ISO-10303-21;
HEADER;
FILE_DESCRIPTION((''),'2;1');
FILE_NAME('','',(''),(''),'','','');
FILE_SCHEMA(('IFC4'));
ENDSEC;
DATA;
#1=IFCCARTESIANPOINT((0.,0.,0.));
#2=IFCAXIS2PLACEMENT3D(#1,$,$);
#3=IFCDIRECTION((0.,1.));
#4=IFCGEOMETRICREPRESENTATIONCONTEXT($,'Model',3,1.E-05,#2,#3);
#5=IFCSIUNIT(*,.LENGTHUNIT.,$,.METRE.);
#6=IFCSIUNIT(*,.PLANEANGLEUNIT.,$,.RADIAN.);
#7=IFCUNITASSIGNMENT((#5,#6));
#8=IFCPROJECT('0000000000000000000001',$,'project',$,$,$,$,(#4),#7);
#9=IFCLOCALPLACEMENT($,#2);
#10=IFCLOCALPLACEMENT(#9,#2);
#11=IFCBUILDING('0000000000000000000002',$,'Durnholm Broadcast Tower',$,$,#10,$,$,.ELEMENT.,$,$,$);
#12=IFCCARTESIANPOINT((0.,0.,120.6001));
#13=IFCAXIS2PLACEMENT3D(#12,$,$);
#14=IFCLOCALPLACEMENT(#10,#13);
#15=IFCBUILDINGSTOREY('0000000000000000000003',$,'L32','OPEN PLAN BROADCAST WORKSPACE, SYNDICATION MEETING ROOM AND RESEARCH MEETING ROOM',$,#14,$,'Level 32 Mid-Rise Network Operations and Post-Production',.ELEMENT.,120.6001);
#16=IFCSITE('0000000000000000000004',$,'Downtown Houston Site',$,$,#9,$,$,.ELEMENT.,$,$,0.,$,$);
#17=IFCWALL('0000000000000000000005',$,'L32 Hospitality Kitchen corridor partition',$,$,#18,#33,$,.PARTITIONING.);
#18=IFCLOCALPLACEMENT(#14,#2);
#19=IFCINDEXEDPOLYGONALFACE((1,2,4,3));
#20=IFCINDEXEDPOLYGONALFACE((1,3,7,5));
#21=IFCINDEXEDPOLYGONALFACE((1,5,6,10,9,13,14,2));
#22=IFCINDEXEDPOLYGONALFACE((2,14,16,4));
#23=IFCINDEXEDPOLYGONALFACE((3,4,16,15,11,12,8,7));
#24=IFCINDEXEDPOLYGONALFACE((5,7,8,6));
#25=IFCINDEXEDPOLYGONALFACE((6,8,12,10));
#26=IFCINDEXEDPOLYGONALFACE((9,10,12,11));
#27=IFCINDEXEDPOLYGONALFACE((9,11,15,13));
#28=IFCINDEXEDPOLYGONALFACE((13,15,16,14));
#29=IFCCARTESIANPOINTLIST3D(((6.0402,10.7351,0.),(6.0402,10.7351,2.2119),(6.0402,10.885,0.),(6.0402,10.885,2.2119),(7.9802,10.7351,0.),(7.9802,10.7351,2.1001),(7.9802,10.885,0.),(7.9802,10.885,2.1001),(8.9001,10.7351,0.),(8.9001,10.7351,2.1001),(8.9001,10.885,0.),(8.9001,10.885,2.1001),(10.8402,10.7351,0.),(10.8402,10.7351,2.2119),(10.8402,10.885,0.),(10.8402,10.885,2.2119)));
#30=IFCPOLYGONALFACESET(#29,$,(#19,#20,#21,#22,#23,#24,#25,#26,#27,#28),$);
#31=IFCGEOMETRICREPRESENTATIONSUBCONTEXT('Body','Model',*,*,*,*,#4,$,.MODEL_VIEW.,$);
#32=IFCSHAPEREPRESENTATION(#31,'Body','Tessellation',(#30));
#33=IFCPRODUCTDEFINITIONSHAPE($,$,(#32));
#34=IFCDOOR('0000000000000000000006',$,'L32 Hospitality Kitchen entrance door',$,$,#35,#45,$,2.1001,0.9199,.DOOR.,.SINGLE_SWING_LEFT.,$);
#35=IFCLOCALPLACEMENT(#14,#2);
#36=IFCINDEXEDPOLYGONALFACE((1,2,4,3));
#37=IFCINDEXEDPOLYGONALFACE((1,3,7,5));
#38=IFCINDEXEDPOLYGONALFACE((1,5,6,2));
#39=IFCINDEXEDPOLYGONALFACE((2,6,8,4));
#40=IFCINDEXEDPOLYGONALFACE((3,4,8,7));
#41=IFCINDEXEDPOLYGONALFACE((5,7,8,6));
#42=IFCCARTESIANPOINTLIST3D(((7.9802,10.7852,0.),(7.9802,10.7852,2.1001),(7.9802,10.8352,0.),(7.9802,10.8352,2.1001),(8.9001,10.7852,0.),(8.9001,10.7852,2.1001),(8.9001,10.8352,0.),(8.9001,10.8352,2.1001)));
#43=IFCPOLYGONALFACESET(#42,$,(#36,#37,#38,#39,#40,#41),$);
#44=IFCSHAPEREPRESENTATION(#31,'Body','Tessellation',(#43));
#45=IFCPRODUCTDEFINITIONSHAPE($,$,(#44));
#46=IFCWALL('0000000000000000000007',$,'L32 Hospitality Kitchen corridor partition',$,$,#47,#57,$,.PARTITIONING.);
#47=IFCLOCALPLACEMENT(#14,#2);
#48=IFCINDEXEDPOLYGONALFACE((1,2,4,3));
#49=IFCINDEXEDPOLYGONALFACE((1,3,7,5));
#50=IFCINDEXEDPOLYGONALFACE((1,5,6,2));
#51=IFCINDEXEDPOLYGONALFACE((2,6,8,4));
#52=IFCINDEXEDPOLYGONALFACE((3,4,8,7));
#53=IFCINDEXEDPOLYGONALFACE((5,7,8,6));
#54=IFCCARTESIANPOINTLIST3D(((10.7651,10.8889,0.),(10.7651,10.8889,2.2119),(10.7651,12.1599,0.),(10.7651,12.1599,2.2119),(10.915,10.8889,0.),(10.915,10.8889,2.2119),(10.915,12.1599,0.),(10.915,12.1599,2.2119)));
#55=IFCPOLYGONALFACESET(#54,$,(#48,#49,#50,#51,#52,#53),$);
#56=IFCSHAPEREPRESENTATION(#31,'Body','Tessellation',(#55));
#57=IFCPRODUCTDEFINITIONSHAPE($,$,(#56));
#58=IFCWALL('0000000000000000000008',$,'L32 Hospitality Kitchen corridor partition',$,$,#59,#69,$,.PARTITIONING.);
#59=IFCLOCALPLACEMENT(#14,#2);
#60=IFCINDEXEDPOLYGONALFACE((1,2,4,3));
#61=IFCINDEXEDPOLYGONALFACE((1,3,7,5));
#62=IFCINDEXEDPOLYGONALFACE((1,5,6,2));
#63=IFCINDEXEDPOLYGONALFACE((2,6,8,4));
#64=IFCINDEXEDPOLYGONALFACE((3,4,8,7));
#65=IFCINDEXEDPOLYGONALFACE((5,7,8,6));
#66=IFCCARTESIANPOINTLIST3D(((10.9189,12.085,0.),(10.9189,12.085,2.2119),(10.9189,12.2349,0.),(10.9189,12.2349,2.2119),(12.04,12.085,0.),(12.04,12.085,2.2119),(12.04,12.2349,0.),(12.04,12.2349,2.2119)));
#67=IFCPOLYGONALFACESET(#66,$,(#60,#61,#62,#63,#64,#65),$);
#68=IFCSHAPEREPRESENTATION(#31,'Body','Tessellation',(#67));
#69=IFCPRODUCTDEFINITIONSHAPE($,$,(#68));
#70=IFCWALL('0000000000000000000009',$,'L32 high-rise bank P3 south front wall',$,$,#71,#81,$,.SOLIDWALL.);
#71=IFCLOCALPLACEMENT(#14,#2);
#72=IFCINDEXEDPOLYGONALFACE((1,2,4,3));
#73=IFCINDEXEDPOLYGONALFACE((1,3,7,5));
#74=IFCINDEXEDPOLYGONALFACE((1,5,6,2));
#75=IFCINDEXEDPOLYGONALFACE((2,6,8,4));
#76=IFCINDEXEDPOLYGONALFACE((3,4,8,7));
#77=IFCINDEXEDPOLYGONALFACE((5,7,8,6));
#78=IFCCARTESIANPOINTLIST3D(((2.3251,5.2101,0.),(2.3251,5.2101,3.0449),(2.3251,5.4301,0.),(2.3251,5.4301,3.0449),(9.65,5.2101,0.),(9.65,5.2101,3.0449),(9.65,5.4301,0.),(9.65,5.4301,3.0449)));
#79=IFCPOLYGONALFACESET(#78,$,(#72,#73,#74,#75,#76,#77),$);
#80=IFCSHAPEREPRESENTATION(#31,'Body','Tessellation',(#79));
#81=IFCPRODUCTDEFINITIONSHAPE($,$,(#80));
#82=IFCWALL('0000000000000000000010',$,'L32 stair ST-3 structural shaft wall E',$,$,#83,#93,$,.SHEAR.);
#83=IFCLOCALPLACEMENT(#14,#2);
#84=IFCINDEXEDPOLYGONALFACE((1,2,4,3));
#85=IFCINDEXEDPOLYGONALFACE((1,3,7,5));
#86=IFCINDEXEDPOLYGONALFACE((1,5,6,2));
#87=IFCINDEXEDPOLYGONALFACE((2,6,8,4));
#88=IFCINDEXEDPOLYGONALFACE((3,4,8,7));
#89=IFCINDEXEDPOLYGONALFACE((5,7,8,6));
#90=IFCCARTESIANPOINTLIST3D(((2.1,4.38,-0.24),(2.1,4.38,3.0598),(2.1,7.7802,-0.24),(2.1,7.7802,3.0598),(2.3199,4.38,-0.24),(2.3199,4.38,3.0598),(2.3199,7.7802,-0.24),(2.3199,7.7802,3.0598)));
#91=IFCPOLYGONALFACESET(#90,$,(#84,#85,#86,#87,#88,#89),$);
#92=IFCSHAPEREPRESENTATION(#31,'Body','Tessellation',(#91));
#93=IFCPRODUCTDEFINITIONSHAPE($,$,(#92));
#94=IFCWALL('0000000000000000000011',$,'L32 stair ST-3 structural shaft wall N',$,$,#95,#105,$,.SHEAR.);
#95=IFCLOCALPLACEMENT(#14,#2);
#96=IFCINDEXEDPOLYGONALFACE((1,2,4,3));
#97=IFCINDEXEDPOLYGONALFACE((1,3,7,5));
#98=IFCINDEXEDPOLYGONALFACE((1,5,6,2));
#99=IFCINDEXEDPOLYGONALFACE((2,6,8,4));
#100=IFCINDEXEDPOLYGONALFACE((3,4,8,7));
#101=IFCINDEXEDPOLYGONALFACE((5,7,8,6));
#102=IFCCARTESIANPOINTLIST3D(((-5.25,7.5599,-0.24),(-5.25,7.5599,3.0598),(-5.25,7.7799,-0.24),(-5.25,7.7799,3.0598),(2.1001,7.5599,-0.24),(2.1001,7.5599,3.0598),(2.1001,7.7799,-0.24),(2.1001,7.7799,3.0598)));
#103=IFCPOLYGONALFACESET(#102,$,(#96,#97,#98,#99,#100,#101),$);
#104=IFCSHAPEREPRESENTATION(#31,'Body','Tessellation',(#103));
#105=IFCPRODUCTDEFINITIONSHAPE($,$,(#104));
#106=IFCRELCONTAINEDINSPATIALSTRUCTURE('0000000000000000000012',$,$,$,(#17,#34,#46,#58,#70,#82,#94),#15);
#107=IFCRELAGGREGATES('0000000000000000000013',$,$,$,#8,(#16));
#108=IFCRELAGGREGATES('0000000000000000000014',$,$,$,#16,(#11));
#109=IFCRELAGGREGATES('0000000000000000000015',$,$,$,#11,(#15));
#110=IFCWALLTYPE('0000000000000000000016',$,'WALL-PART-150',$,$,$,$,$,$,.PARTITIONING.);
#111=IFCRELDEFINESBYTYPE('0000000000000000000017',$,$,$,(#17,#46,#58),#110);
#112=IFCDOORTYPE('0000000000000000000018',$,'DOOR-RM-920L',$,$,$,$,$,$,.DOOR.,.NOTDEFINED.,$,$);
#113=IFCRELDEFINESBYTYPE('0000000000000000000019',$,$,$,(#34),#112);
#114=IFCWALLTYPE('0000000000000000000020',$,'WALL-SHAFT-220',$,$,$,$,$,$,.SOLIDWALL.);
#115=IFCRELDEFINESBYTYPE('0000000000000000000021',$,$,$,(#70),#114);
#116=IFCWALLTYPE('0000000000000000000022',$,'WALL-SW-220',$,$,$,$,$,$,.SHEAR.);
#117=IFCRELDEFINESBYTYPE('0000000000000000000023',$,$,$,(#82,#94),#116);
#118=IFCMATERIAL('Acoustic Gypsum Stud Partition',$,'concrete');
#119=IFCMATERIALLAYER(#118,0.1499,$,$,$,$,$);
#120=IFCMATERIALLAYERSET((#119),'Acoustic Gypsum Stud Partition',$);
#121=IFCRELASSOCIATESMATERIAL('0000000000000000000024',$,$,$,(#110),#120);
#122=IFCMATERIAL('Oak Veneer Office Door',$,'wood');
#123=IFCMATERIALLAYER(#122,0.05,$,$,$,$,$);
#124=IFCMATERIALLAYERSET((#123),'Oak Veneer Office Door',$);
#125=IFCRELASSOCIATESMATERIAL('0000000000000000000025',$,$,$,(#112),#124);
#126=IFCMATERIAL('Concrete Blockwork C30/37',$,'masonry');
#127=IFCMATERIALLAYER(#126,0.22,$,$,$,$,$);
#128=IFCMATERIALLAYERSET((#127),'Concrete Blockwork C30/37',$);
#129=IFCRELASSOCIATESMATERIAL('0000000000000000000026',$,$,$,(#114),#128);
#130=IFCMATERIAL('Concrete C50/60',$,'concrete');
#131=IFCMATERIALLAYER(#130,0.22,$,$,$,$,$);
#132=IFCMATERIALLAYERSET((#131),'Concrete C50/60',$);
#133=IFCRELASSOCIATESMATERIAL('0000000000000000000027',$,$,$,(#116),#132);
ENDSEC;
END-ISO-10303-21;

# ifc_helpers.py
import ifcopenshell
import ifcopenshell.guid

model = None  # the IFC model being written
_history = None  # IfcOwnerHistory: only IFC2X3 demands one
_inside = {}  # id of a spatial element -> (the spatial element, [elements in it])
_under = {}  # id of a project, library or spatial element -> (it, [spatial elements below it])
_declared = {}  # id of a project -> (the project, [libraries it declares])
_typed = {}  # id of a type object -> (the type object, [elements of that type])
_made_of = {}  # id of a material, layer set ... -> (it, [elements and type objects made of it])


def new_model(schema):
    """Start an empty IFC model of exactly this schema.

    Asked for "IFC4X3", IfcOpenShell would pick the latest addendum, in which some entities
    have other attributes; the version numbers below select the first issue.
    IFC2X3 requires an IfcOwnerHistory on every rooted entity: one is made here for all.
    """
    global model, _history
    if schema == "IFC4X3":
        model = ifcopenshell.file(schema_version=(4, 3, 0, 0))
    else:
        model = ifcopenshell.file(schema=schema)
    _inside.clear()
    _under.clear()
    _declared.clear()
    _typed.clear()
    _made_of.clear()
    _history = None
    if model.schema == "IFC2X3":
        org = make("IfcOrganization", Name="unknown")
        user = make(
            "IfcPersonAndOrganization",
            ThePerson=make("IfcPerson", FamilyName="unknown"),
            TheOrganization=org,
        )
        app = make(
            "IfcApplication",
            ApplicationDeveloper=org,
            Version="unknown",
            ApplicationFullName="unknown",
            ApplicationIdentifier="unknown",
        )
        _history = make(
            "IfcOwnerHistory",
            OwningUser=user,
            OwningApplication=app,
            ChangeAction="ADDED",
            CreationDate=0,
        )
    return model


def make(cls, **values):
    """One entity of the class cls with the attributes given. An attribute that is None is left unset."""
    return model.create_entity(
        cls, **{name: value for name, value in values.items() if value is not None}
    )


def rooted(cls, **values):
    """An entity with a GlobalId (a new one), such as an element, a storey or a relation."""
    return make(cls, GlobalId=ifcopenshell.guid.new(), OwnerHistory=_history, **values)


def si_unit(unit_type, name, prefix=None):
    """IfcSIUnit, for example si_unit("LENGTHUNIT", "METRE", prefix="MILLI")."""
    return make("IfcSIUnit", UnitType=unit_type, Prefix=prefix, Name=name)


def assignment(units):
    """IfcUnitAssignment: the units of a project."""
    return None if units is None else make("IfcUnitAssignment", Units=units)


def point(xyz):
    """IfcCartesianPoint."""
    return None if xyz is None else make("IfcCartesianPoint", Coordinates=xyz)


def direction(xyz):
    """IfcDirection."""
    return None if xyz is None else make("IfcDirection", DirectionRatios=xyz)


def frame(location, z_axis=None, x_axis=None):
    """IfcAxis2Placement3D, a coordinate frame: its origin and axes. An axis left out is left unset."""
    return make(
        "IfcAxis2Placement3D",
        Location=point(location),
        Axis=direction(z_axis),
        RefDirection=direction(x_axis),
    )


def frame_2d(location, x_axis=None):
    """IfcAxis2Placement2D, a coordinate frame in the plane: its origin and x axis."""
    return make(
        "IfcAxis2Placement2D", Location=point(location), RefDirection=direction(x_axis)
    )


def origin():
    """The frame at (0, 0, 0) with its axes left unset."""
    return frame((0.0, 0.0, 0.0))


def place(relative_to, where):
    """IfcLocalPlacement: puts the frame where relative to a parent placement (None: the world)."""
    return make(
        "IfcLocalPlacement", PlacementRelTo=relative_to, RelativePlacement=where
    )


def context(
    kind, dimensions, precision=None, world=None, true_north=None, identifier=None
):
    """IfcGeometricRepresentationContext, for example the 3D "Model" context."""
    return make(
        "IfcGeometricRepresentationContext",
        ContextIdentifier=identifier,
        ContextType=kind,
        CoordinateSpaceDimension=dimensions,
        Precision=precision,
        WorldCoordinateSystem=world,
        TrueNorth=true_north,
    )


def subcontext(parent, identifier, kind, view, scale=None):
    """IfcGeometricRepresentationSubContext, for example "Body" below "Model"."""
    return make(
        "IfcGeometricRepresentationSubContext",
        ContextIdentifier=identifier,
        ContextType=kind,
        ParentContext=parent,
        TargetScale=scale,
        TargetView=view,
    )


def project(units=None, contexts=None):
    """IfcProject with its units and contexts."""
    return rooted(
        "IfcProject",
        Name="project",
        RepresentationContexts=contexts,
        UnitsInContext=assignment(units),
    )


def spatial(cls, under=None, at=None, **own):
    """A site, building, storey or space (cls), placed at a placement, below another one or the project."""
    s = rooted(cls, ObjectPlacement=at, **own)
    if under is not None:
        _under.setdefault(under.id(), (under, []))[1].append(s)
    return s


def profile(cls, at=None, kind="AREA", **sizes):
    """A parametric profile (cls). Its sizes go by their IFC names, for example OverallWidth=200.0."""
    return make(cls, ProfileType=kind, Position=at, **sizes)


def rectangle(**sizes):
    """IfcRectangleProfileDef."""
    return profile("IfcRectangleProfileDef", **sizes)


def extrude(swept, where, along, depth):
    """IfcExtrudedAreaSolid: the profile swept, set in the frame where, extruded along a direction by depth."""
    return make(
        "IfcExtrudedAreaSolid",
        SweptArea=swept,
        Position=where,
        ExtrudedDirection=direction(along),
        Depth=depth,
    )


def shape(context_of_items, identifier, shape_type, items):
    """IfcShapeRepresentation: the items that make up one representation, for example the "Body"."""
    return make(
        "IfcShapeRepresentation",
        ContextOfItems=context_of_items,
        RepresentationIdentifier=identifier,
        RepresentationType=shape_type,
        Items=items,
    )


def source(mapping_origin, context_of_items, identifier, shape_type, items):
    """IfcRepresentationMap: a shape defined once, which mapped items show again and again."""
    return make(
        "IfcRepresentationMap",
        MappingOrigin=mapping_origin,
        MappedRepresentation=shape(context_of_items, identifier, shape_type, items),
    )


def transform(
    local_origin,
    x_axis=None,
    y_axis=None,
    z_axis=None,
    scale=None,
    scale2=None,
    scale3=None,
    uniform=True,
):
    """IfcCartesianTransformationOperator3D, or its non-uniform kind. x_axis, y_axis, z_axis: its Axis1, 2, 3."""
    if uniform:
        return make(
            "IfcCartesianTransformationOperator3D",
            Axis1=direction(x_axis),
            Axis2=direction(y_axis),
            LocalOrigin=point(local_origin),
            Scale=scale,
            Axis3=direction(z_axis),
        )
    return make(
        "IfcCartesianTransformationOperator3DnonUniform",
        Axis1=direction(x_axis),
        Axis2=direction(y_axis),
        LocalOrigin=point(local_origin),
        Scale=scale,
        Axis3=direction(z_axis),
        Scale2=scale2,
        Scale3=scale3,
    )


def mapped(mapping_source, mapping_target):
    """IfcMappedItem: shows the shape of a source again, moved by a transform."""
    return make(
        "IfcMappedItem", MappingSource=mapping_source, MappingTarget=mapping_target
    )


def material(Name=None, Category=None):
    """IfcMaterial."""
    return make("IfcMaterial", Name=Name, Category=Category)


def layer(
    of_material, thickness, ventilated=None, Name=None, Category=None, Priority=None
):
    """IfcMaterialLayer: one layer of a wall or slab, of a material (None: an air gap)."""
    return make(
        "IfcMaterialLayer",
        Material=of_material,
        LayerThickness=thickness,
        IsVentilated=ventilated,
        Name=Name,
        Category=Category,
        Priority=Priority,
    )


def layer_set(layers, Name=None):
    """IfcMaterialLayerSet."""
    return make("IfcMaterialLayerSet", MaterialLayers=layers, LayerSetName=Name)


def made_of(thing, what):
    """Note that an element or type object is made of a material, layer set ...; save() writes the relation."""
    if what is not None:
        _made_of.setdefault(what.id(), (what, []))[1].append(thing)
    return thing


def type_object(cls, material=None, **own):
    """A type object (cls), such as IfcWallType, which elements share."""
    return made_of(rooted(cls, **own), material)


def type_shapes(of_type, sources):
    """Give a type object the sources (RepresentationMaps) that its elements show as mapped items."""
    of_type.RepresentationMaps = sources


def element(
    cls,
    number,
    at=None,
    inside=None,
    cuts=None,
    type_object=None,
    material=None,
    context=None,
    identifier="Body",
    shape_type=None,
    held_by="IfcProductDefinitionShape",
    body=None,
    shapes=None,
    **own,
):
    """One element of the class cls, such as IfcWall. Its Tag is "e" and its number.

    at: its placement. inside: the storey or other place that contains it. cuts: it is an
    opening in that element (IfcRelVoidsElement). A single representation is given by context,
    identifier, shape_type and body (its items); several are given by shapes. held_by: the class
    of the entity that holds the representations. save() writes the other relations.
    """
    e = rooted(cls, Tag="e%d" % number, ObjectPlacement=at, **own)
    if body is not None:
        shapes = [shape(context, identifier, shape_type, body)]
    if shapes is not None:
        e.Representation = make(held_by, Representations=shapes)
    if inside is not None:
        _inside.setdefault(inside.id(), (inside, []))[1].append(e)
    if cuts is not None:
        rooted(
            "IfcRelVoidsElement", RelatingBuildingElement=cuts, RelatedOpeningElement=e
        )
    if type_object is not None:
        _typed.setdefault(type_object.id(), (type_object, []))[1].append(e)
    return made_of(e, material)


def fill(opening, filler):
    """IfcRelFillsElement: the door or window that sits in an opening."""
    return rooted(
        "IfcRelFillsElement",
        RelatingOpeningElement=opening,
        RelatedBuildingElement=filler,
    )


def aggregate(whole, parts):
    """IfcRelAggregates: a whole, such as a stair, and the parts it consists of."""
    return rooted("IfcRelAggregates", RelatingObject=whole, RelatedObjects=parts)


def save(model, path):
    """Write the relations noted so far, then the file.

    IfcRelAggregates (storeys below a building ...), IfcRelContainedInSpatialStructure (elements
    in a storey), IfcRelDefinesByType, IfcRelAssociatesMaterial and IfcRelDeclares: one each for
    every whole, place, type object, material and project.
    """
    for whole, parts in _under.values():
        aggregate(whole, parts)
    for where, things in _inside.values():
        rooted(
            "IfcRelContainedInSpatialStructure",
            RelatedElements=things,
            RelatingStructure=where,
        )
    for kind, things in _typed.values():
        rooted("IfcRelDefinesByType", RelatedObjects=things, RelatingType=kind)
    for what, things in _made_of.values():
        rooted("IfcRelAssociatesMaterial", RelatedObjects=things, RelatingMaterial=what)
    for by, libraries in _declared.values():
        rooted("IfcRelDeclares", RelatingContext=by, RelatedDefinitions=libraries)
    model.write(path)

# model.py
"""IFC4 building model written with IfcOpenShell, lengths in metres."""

from ifc_helpers import new_model, si_unit, direction, frame, frame_2d, origin, place, context, subcontext, project, spatial, rectangle, extrude, source, transform, mapped, material, layer, layer_set, type_object, type_shapes, element, fill, save


model = new_model("IFC4")

# Units and contexts
model_context = context("Model", 3, precision=1e-05, world=origin(), true_north=direction((0.0, 1.0)))
body_context = subcontext(model_context, "Body", "Model", "MODEL_VIEW")
ifc_project = project(units=[si_unit("LENGTHUNIT", "METRE"), si_unit("PLANEANGLEUNIT", "RADIAN")], contexts=[model_context])

# Site, building, storey
site_placement = place(None, origin())
site = spatial("IfcSite", under=ifc_project, at=site_placement, Name="Downtown Houston Site", CompositionType="ELEMENT", RefElevation=0.0)
building_placement = place(site_placement, origin())
building = spatial("IfcBuilding", under=site, at=building_placement, Name="Durnholm Broadcast Tower", CompositionType="ELEMENT")
storey_placement = place(building_placement, frame((0.0, 0.0, 120.6001)))
storey = spatial("IfcBuildingStorey", under=building, at=storey_placement, Name="L32", Description="OPEN PLAN BROADCAST WORKSPACE, SYNDICATION MEETING ROOM AND RESEARCH MEETING ROOM", LongName="Level 32 Mid-Rise Network Operations and Post-Production", CompositionType="ELEMENT", Elevation=120.6001)

# Wall, opening, door
ifc_material_1 = material(Name="Acoustic Gypsum Stud Partition", Category="concrete")
ifc_layer_1 = layer(ifc_material_1, 0.1499)
ifc_layer_set_1 = layer_set([ifc_layer_1], Name="Acoustic Gypsum Stud Partition")
wall_type_1 = type_object("IfcWallType", Name="WALL-PART-150", PredefinedType="PARTITIONING", material=ifc_layer_set_1)
wall_1_placement = place(storey_placement, frame((10.8401, 10.8101, 0.0), z_axis=(0.0, 0.0, 1.0), x_axis=(-1.0, 0.0, 0.0)))
wall_1 = element("IfcWall", 1, at=wall_1_placement, inside=storey, type_object=wall_type_1, Name="L32 Hospitality Kitchen corridor partition", PredefinedType="PARTITIONING", context=body_context, shape_type="SweptSolid", body=[
    extrude(rectangle(XDim=4.8, YDim=0.1499, at=frame_2d((2.3999, 0.0))), origin(), (0.0, 0.0, 1.0), 2.2119),
])
opening_1_placement = place(wall_1_placement, frame((1.9399, 0.0, 0.0)))
opening_1 = element("IfcOpeningElement", 2, at=opening_1_placement, cuts=wall_1, PredefinedType="OPENING", context=body_context, shape_type="SweptSolid", body=[
    extrude(rectangle(XDim=0.9199, YDim=2.1001, at=frame_2d((0.46, 1.05))), frame((0.0, 0.085, 0.0), z_axis=(0.0, -1.0, 0.0), x_axis=(1.0, 0.0, 0.0)), (0.0, 0.0, 1.0), 0.1699),
])
ifc_material_2 = material(Name="Oak Veneer Office Door", Category="wood")
ifc_layer_2 = layer(ifc_material_2, 0.05)
ifc_layer_set_2 = layer_set([ifc_layer_2], Name="Oak Veneer Office Door")
door_type_1 = type_object("IfcDoorType", Name="DOOR-RM-920L", OperationType="NOTDEFINED", PredefinedType="DOOR", material=ifc_layer_set_2)
shared_shape_1 = source(origin(), body_context, "Body", "SweptSolid", [
    extrude(rectangle(XDim=0.9199, YDim=2.1001, at=frame_2d((0.46, 1.05))), frame((0.0, 0.0249, 0.0), z_axis=(0.0, -1.0, 0.0), x_axis=(1.0, 0.0, 0.0)), (0.0, 0.0, 1.0), 0.05),
])
type_shapes(door_type_1, [shared_shape_1])
door_1_placement = place(opening_1_placement, origin())
door_1 = element("IfcDoor", 3, at=door_1_placement, inside=storey, type_object=door_type_1, Name="L32 Hospitality Kitchen entrance door", OperationType="SINGLE_SWING_LEFT", OverallHeight=2.1001, OverallWidth=0.9199, PredefinedType="DOOR", context=body_context, shape_type="MappedRepresentation", body=[
    mapped(shared_shape_1, transform((0.0, 0.0, 0.0), x_axis=(1.0, 0.0, 0.0), y_axis=(0.0, 1.0, 0.0), z_axis=(0.0, 0.0, 1.0), scale=1.0)),
])
fill(opening_1, door_1)

# Walls
wall_2_placement = place(storey_placement, frame((10.8401, 12.1599, 0.0), z_axis=(0.0, 0.0, 1.0), x_axis=(0.0, -1.0, 0.0)))
element("IfcWall", 4, at=wall_2_placement, inside=storey, type_object=wall_type_1, Name="L32 Hospitality Kitchen corridor partition", PredefinedType="PARTITIONING", context=body_context, shape_type="SweptSolid", body=[
    extrude(rectangle(XDim=1.271, YDim=0.1499, at=frame_2d((0.6355, 0.0))), origin(), (0.0, 0.0, 1.0), 2.2119),
])
wall_3_placement = place(storey_placement, frame((12.04, 12.1599, 0.0), z_axis=(0.0, 0.0, 1.0), x_axis=(-1.0, 0.0, 0.0)))
element("IfcWall", 5, at=wall_3_placement, inside=storey, type_object=wall_type_1, Name="L32 Hospitality Kitchen corridor partition", PredefinedType="PARTITIONING", context=body_context, shape_type="SweptSolid", body=[
    extrude(rectangle(XDim=1.1211, YDim=0.1499, at=frame_2d((0.5605, 0.0))), origin(), (0.0, 0.0, 1.0), 2.2119),
])

# Shared definitions
ifc_material_3 = material(Name="Concrete Blockwork C30/37", Category="masonry")
ifc_layer_3 = layer(ifc_material_3, 0.22)
ifc_layer_set_3 = layer_set([ifc_layer_3], Name="Concrete Blockwork C30/37")
wall_type_2 = type_object("IfcWallType", Name="WALL-SHAFT-220", PredefinedType="SOLIDWALL", material=ifc_layer_set_3)

# Walls
wall_4_placement = place(storey_placement, frame((2.325, 5.3201, 0.0), z_axis=(0.0, 0.0, 1.0), x_axis=(1.0, 0.0, 0.0)))
element("IfcWall", 6, at=wall_4_placement, inside=storey, type_object=wall_type_2, Name="L32 high-rise bank P3 south front wall", PredefinedType="SOLIDWALL", context=body_context, shape_type="SweptSolid", body=[
    extrude(rectangle(XDim=7.325, YDim=0.22, at=frame_2d((3.6626, 0.0))), origin(), (0.0, 0.0, 1.0), 3.0449),
])
ifc_material_4 = material(Name="Concrete C50/60", Category="concrete")
ifc_layer_4 = layer(ifc_material_4, 0.22)
ifc_layer_set_4 = layer_set([ifc_layer_4], Name="Concrete C50/60")
wall_type_3 = type_object("IfcWallType", Name="WALL-SW-220", PredefinedType="SHEAR", material=ifc_layer_set_4)
wall_5_placement = place(storey_placement, frame((2.21, 4.3799, -0.24), z_axis=(0.0, 0.0, 1.0), x_axis=(0.0, 1.0, 0.0)))
element("IfcWall", 7, at=wall_5_placement, inside=storey, type_object=wall_type_3, Name="L32 stair ST-3 structural shaft wall E", PredefinedType="SHEAR", context=body_context, shape_type="SweptSolid", body=[
    extrude(rectangle(XDim=3.4001, YDim=0.22, at=frame_2d((1.7002, 0.0))), origin(), (0.0, 0.0, 1.0), 3.2998),
])
wall_6_placement = place(storey_placement, frame((2.1001, 7.6699, -0.24), z_axis=(0.0, 0.0, 1.0), x_axis=(-1.0, 0.0, 0.0)))
element("IfcWall", 8, at=wall_6_placement, inside=storey, type_object=wall_type_3, Name="L32 stair ST-3 structural shaft wall N", PredefinedType="SHEAR", context=body_context, shape_type="SweptSolid", body=[
    extrude(rectangle(XDim=7.3501, YDim=0.22, at=frame_2d((3.675, 0.0))), origin(), (0.0, 0.0, 1.0), 3.2998),
])

save(model, "model.ifc")
